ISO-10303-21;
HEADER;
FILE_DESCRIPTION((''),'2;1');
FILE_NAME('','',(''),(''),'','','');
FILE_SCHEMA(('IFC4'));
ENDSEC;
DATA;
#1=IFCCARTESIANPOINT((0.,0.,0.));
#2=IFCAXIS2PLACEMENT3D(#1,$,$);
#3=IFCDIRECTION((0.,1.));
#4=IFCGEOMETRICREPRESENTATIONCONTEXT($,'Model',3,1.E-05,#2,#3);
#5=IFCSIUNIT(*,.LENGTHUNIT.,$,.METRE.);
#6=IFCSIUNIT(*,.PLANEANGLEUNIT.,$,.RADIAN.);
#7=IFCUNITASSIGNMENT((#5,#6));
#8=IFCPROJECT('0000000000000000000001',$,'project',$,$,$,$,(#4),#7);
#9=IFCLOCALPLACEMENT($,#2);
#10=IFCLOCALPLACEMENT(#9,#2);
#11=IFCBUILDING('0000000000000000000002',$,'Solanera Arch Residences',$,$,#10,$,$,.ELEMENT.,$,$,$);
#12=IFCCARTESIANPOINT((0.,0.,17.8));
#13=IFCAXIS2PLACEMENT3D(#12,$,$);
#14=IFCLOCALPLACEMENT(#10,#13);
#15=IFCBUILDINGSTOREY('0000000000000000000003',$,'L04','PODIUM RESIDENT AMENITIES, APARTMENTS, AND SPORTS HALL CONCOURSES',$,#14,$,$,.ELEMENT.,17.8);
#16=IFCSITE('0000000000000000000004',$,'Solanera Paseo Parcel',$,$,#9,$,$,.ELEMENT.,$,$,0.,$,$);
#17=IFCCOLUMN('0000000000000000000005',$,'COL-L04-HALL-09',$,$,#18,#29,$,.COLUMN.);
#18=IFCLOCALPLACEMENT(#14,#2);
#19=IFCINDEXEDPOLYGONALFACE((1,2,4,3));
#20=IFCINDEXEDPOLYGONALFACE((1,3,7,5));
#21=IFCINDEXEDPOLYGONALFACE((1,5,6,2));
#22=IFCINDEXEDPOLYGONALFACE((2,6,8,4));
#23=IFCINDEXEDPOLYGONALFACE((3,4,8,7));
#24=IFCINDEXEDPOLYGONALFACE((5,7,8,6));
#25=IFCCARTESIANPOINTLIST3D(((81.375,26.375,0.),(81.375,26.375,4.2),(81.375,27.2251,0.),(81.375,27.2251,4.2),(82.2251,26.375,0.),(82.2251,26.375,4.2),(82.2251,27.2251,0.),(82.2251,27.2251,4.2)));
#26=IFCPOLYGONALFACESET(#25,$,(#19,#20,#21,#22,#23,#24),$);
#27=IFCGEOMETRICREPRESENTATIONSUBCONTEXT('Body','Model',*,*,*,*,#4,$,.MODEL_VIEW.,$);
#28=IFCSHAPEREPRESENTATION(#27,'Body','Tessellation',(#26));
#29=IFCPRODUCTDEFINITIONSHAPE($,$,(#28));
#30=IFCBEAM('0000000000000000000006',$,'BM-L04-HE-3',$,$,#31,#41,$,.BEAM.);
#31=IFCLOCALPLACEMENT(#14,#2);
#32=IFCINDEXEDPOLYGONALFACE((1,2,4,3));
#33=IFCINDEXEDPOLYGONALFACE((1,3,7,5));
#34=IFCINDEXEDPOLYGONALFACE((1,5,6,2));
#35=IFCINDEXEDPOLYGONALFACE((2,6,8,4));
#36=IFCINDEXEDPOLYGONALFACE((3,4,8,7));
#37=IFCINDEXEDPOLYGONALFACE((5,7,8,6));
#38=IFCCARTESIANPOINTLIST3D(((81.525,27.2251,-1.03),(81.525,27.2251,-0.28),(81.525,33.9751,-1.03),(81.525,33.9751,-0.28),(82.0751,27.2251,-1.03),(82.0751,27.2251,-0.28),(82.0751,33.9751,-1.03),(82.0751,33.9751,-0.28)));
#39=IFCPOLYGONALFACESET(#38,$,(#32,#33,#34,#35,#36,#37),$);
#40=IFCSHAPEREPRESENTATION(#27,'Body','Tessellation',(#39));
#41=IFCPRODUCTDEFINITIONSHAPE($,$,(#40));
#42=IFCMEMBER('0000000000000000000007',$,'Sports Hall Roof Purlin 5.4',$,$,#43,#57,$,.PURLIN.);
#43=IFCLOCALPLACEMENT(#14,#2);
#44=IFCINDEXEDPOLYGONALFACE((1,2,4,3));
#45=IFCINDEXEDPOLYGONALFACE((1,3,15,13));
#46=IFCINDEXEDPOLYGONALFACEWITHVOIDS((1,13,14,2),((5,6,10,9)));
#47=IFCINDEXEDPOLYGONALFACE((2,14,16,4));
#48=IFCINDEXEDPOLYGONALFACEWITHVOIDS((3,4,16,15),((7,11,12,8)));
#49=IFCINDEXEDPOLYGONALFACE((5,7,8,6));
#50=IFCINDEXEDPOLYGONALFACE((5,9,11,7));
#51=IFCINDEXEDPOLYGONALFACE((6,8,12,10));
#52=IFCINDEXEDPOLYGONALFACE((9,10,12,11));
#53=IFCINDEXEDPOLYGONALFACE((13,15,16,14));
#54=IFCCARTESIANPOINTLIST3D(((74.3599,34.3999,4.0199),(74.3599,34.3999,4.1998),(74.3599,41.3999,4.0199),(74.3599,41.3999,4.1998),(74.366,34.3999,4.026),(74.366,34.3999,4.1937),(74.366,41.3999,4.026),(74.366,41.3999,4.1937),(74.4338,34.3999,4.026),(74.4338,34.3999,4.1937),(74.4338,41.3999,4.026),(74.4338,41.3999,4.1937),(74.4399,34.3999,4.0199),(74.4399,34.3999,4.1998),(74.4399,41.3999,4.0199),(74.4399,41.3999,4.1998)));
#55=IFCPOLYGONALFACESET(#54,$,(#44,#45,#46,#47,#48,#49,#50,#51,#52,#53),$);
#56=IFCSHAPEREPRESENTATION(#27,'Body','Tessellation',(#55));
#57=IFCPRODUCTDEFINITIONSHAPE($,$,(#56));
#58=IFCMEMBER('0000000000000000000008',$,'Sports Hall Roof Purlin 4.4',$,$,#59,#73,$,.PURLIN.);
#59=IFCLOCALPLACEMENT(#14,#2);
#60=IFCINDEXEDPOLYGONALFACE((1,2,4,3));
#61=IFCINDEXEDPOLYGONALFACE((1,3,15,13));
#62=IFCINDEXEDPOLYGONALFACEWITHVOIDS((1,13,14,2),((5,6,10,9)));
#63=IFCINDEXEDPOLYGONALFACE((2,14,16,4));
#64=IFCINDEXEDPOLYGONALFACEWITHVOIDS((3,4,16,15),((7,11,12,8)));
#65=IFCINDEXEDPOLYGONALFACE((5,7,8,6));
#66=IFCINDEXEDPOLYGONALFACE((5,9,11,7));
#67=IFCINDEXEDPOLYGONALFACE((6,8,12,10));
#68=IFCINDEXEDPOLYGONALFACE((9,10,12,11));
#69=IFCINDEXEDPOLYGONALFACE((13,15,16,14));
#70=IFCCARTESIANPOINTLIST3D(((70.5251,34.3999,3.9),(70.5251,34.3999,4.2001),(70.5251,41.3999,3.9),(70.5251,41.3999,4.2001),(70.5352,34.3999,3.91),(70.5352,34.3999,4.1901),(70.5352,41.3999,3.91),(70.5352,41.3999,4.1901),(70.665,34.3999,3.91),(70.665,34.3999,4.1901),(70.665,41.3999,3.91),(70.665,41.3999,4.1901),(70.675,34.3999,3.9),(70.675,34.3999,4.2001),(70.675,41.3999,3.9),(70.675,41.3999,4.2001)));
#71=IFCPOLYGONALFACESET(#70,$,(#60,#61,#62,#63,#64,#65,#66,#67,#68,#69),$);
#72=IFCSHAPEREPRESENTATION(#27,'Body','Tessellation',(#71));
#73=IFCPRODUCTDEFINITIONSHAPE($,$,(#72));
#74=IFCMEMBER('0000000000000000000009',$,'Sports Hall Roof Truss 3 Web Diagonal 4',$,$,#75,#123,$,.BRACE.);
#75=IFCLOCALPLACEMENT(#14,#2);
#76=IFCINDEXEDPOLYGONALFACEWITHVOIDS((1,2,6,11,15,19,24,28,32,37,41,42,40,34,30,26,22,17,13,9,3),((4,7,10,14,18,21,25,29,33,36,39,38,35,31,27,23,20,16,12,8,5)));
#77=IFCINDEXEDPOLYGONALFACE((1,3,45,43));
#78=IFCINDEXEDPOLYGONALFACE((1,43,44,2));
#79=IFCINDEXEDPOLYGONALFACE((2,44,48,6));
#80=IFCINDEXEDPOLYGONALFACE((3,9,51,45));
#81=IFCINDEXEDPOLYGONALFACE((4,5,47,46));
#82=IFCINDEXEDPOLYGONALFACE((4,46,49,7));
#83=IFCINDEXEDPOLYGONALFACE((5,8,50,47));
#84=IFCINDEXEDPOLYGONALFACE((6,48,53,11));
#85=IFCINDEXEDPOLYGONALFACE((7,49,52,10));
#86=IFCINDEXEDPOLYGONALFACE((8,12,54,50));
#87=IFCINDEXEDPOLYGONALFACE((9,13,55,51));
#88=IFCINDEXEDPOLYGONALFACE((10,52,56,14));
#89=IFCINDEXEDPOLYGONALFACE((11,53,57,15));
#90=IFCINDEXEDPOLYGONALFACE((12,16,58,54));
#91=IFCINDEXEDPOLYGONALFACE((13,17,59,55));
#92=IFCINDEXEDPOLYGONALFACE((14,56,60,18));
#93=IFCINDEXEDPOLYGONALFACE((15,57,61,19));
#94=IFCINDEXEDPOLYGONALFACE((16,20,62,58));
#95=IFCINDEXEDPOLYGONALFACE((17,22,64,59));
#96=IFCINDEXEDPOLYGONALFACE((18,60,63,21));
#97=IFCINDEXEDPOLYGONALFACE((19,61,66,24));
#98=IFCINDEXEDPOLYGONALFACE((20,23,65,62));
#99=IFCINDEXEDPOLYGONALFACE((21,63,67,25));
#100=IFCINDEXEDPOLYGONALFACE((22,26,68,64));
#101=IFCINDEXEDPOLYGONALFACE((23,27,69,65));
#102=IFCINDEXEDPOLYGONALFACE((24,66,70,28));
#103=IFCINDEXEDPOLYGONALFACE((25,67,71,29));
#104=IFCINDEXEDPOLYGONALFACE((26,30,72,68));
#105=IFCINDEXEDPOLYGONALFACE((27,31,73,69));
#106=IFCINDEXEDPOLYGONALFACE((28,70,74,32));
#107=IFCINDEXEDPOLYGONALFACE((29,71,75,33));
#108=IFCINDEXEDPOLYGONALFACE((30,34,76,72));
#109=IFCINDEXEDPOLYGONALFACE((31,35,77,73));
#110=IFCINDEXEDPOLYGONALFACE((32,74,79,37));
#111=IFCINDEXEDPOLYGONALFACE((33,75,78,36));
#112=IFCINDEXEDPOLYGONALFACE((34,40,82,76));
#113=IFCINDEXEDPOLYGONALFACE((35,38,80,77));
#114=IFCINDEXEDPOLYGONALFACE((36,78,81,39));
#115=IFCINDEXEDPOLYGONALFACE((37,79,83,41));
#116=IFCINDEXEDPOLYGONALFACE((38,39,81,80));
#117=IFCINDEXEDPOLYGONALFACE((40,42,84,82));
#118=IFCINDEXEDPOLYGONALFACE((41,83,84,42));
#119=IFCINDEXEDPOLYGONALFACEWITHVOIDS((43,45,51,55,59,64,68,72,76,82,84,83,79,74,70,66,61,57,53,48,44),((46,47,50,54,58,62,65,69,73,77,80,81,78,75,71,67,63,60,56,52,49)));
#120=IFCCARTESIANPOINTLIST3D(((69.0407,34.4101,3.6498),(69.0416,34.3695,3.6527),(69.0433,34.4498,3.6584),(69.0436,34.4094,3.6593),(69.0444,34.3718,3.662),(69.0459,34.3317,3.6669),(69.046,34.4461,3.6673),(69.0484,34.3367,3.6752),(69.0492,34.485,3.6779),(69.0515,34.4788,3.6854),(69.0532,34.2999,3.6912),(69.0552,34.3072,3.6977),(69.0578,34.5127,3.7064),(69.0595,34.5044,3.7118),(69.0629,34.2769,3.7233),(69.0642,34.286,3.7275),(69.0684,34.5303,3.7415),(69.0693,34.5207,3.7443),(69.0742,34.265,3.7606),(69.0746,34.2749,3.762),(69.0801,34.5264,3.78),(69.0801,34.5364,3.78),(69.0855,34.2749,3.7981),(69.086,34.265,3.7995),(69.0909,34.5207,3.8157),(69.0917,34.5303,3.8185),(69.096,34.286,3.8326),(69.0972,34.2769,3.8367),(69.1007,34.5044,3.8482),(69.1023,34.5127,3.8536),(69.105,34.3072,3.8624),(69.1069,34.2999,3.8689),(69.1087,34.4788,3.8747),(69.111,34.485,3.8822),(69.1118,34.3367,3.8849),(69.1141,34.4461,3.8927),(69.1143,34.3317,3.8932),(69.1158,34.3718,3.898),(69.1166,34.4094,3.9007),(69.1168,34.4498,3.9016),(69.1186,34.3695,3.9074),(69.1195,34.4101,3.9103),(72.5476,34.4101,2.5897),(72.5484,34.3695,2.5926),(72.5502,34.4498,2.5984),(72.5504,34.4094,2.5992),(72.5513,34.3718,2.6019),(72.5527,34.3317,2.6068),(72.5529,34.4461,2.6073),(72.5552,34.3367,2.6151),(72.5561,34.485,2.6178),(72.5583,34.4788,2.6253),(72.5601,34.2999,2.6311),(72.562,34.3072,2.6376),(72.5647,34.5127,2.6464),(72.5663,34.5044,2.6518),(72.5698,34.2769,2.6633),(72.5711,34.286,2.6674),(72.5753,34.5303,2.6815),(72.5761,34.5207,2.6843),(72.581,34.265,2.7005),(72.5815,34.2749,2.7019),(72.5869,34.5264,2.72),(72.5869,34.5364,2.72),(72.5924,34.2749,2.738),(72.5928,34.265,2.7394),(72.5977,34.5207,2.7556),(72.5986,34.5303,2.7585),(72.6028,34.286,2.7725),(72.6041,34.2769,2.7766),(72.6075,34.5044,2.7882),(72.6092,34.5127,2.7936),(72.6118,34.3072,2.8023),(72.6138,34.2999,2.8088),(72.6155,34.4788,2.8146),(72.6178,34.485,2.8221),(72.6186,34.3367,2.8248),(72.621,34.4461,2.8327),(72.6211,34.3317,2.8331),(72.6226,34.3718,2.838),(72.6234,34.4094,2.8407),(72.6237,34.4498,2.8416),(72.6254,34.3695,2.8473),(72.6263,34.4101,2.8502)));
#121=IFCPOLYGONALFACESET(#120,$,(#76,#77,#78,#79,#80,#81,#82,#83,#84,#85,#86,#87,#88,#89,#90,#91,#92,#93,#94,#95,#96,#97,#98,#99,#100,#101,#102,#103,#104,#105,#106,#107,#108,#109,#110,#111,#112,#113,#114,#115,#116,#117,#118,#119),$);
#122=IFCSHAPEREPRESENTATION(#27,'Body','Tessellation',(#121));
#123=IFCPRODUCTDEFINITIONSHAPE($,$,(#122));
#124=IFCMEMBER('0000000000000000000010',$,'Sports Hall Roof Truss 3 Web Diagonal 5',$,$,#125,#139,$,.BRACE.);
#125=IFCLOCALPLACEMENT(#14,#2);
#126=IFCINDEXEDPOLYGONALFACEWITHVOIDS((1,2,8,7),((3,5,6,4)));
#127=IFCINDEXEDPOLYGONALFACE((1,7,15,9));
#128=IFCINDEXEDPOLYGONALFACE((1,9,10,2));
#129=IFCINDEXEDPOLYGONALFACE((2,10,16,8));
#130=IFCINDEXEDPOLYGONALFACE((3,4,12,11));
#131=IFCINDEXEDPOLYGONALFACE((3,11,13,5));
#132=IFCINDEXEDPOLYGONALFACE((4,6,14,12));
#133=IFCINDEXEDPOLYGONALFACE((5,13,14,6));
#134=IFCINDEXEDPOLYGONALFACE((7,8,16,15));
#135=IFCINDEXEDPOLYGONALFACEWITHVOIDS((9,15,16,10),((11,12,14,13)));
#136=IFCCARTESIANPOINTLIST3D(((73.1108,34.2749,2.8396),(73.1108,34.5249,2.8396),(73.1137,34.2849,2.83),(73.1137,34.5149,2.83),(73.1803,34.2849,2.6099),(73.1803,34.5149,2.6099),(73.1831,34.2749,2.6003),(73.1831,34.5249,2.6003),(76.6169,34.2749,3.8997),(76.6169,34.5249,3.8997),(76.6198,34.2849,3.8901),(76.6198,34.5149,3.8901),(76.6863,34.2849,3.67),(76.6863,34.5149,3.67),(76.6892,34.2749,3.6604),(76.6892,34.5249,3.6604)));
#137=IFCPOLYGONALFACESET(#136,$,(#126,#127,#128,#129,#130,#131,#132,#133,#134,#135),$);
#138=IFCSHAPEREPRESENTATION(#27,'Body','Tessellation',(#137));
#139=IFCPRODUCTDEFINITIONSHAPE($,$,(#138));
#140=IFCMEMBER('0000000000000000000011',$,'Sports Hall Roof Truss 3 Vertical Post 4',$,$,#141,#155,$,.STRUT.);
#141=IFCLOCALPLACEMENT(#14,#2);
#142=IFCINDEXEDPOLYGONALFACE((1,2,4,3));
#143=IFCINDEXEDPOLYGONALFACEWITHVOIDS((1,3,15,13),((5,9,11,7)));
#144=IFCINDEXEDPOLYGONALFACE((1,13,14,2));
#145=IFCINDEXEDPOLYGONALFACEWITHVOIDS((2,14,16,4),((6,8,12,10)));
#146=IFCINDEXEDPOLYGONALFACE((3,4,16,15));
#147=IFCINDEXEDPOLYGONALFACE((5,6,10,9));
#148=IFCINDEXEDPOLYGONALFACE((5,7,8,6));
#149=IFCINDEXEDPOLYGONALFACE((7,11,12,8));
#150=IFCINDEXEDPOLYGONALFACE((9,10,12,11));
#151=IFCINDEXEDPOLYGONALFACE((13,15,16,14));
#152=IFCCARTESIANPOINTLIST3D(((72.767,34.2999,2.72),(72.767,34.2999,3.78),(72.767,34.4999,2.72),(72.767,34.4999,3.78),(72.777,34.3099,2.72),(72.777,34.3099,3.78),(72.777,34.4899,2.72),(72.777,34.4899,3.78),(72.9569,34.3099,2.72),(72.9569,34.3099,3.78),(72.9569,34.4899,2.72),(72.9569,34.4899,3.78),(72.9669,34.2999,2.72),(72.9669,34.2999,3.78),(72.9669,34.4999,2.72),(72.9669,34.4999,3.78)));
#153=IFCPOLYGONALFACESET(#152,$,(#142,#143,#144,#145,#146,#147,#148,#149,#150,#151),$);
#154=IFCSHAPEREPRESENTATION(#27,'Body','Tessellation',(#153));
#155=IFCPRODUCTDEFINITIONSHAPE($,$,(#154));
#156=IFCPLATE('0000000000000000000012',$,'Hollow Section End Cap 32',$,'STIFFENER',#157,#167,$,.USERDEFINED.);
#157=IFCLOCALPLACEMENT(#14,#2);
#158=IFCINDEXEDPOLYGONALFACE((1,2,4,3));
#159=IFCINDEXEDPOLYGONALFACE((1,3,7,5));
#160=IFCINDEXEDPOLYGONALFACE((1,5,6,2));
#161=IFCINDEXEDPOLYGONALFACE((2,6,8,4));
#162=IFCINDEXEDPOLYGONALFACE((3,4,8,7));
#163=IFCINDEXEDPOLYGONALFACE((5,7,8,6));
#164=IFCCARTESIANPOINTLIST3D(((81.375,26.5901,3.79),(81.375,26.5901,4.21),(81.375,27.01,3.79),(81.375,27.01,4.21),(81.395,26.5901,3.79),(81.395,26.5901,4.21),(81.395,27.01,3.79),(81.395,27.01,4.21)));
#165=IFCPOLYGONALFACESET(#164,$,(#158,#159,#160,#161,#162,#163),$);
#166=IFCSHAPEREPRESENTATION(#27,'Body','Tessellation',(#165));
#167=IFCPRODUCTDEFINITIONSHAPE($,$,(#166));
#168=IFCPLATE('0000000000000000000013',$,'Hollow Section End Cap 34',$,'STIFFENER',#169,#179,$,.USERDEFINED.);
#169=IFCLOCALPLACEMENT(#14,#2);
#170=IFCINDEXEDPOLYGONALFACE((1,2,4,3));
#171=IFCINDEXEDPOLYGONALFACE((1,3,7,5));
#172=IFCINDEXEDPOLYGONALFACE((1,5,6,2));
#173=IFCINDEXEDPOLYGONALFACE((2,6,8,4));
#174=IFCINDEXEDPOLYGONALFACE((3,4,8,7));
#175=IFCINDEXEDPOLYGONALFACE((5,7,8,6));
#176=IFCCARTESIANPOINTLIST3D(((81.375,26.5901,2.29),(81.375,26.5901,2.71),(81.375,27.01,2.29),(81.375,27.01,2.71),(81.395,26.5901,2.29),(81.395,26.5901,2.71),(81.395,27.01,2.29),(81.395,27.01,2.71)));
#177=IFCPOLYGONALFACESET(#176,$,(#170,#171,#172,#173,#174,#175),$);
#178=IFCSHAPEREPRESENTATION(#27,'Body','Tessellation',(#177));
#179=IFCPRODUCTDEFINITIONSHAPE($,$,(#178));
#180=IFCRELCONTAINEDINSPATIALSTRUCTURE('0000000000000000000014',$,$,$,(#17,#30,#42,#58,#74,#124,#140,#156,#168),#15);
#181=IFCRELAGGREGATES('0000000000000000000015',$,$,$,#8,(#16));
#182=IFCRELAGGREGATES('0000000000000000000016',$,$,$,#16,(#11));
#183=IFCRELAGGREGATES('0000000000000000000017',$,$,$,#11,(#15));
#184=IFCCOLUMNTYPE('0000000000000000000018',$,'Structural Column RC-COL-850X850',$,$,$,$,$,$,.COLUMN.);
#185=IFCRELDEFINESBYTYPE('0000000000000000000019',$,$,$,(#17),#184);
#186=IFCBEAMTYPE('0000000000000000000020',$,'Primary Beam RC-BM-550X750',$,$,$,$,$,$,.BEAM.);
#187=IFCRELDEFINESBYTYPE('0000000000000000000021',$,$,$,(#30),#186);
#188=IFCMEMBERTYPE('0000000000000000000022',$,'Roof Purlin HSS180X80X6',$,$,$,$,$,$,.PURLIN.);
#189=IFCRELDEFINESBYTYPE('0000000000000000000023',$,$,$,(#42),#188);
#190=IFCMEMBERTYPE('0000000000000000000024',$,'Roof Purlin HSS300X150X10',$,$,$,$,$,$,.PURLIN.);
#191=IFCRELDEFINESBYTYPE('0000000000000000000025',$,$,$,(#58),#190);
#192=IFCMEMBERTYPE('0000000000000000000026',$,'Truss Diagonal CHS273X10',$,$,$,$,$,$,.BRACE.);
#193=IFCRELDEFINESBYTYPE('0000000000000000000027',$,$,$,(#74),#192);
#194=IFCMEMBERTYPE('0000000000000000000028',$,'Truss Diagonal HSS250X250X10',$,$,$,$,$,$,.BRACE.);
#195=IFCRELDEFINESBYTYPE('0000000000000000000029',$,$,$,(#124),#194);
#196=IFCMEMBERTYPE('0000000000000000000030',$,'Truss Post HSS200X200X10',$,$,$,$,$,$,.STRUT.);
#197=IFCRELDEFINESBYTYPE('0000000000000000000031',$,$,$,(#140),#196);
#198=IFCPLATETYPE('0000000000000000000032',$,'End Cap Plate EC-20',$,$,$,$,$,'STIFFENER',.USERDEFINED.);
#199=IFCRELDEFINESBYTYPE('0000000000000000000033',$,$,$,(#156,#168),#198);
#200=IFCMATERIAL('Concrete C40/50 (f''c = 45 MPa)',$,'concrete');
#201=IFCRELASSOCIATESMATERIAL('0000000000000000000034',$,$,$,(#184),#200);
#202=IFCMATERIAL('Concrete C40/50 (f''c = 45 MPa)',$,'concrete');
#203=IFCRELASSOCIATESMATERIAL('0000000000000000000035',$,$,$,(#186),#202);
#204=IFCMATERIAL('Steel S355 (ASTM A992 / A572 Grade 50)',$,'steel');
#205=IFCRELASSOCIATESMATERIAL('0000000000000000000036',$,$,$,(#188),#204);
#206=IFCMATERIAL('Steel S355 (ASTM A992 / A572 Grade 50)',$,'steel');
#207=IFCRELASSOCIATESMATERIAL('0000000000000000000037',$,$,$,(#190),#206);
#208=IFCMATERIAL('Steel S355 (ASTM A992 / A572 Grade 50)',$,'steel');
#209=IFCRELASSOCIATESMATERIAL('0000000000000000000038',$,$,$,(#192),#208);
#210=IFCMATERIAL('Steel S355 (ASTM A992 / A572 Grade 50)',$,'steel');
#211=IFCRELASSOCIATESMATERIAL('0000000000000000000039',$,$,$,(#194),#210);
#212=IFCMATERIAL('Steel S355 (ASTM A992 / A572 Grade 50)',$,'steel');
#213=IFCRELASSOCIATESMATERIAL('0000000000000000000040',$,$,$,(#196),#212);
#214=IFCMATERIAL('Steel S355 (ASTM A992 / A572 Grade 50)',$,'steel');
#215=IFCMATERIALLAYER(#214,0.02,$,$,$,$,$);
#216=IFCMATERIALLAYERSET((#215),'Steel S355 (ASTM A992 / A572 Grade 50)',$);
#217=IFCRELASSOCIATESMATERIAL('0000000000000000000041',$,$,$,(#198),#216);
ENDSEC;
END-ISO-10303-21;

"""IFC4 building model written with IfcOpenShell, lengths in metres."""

from ifc_helpers import new_model, si_unit, direction, frame, origin, origin_2d, place, context, subcontext, project, spatial, rectangle, hollow_rectangle, hollow_circle, extrude, material, layer, layer_set, material_profile, profile_set, type_object, element, save


model = new_model("IFC4")

# Units and contexts
model_context = context("Model", 3, precision=1e-05, world=origin(), true_north=direction((0.0, 1.0)))
body_context = subcontext(model_context, "Body", "Model", "MODEL_VIEW")
ifc_project = project(units=[si_unit("LENGTHUNIT", "METRE"), si_unit("PLANEANGLEUNIT", "RADIAN")], contexts=[model_context])

# Site, building, storey
site_placement = place(None, origin())
site = spatial("IfcSite", under=ifc_project, at=site_placement, Name="Solanera Paseo Parcel", CompositionType="ELEMENT", RefElevation=0.0)
building_placement = place(site_placement, origin())
building = spatial("IfcBuilding", under=site, at=building_placement, Name="Solanera Arch Residences", CompositionType="ELEMENT")
storey_placement = place(building_placement, frame((0.0, 0.0, 17.8)))
storey = spatial("IfcBuildingStorey", under=building, at=storey_placement, Name="L04", Description="PODIUM RESIDENT AMENITIES, APARTMENTS, AND SPORTS HALL CONCOURSES", CompositionType="ELEMENT", Elevation=17.8)

# Column
ifc_material_1 = material(Name="Concrete C40/50 (f'c = 45 MPa)", Category="concrete")
ifc_material_profile_1 = material_profile(ifc_material_1, rectangle(XDim=0.8501, YDim=0.8501, at=origin_2d()))
ifc_profile_set_1 = profile_set([ifc_material_profile_1], Name="Concrete C40/50 (f'c = 45 MPa)")
column_type = type_object("IfcColumnType", Name="Structural Column RC-COL-850X850", PredefinedType="COLUMN", material=ifc_profile_set_1)
column_placement = place(storey_placement, frame((81.8, 26.8, 0.0), z_axis=(0.0, 0.0, 1.0), x_axis=(1.0, 0.0, 0.0)))
element("IfcColumn", 1, at=column_placement, inside=storey, type_object=column_type, Name="COL-L04-HALL-09", PredefinedType="COLUMN", context=body_context, shape_type="SweptSolid", body=[
    extrude(rectangle(XDim=0.8501, YDim=0.8501, at=origin_2d()), origin(), (0.0, 0.0, 1.0), 4.2),
])

# Beam
ifc_material_2 = material(Name="Concrete C40/50 (f'c = 45 MPa)", Category="concrete")
ifc_material_profile_2 = material_profile(ifc_material_2, rectangle(XDim=0.55, YDim=0.75, at=origin_2d()))
ifc_profile_set_2 = profile_set([ifc_material_profile_2], Name="Concrete C40/50 (f'c = 45 MPa)")
beam_type = type_object("IfcBeamType", Name="Primary Beam RC-BM-550X750", PredefinedType="BEAM", material=ifc_profile_set_2)
beam_placement = place(storey_placement, frame((81.8, 27.2251, -0.655), z_axis=(0.0, 1.0, 0.0), x_axis=(-1.0, 0.0, 0.0)))
element("IfcBeam", 2, at=beam_placement, inside=storey, type_object=beam_type, Name="BM-L04-HE-3", PredefinedType="BEAM", context=body_context, shape_type="SweptSolid", body=[
    extrude(rectangle(XDim=0.55, YDim=0.75, at=origin_2d()), origin(), (0.0, 0.0, 1.0), 6.75),
])

# Members
ifc_material_3 = material(Name="Steel S355 (ASTM A992 / A572 Grade 50)", Category="steel")
ifc_material_profile_3 = material_profile(ifc_material_3, hollow_rectangle(XDim=0.0801, YDim=0.1799, WallThickness=0.0061, at=origin_2d()))
ifc_profile_set_3 = profile_set([ifc_material_profile_3], Name="Steel S355 (ASTM A992 / A572 Grade 50)")
member_type_1 = type_object("IfcMemberType", Name="Roof Purlin HSS180X80X6", PredefinedType="PURLIN", material=ifc_profile_set_3)
member_1_placement = place(storey_placement, frame((74.3999, 34.3999, 4.1099), z_axis=(0.0, 1.0, 0.0), x_axis=(-1.0, 0.0, 0.0)))
element("IfcMember", 3, at=member_1_placement, inside=storey, type_object=member_type_1, Name="Sports Hall Roof Purlin 5.4", PredefinedType="PURLIN", context=body_context, shape_type="SweptSolid", body=[
    extrude(hollow_rectangle(XDim=0.0801, YDim=0.1799, WallThickness=0.0061, at=origin_2d()), origin(), (0.0, 0.0, 1.0), 7.0),
])
ifc_material_4 = material(Name="Steel S355 (ASTM A992 / A572 Grade 50)", Category="steel")
ifc_material_profile_4 = material_profile(ifc_material_4, hollow_rectangle(XDim=0.1499, YDim=0.3, WallThickness=0.01, at=origin_2d()))
ifc_profile_set_4 = profile_set([ifc_material_profile_4], Name="Steel S355 (ASTM A992 / A572 Grade 50)")
member_type_2 = type_object("IfcMemberType", Name="Roof Purlin HSS300X150X10", PredefinedType="PURLIN", material=ifc_profile_set_4)
member_2_placement = place(storey_placement, frame((70.6001, 34.3999, 4.05), z_axis=(0.0, 1.0, 0.0), x_axis=(-1.0, 0.0, 0.0)))
element("IfcMember", 4, at=member_2_placement, inside=storey, type_object=member_type_2, Name="Sports Hall Roof Purlin 4.4", PredefinedType="PURLIN", context=body_context, shape_type="SweptSolid", body=[
    extrude(hollow_rectangle(XDim=0.1499, YDim=0.3, WallThickness=0.01, at=origin_2d()), origin(), (0.0, 0.0, 1.0), 7.0),
])
ifc_material_5 = material(Name="Steel S355 (ASTM A992 / A572 Grade 50)", Category="steel")
ifc_material_profile_5 = material_profile(ifc_material_5, hollow_circle(Radius=0.1365, WallThickness=0.01, at=origin_2d()))
ifc_profile_set_5 = profile_set([ifc_material_profile_5], Name="Steel S355 (ASTM A992 / A572 Grade 50)")
member_type_3 = type_object("IfcMemberType", Name="Truss Diagonal CHS273X10", PredefinedType="BRACE", material=ifc_profile_set_5)
member_3_placement = place(storey_placement, frame((69.0801, 34.3999, 3.78), z_axis=(0.957223, 0.0, -0.289353), x_axis=(0.0, 1.0, 0.0)))
element("IfcMember", 5, at=member_3_placement, inside=storey, type_object=member_type_3, Name="Sports Hall Roof Truss 3 Web Diagonal 4", PredefinedType="BRACE", context=body_context, shape_type="SweptSolid", body=[
    extrude(hollow_circle(Radius=0.1365, WallThickness=0.01, at=origin_2d()), origin(), (0.0, 0.0, 1.0), 3.6636),
])
ifc_material_6 = material(Name="Steel S355 (ASTM A992 / A572 Grade 50)", Category="steel")
ifc_material_profile_6 = material_profile(ifc_material_6, hollow_rectangle(XDim=0.25, YDim=0.25, WallThickness=0.01, at=origin_2d()))
ifc_profile_set_6 = profile_set([ifc_material_profile_6], Name="Steel S355 (ASTM A992 / A572 Grade 50)")
member_type_4 = type_object("IfcMemberType", Name="Truss Diagonal HSS250X250X10", PredefinedType="BRACE", material=ifc_profile_set_6)
member_4_placement = place(storey_placement, frame((73.147, 34.3999, 2.72), z_axis=(0.957206, 0.0, 0.289408), x_axis=(0.0, 1.0, 0.0)))
element("IfcMember", 6, at=member_4_placement, inside=storey, type_object=member_type_4, Name="Sports Hall Roof Truss 3 Web Diagonal 5", PredefinedType="BRACE", context=body_context, shape_type="SweptSolid", body=[
    extrude(hollow_rectangle(XDim=0.25, YDim=0.25, WallThickness=0.01, at=origin_2d()), origin(), (0.0, 0.0, 1.0), 3.6628),
])
ifc_material_7 = material(Name="Steel S355 (ASTM A992 / A572 Grade 50)", Category="steel")
ifc_material_profile_7 = material_profile(ifc_material_7, hollow_rectangle(XDim=0.2, YDim=0.2, WallThickness=0.01, at=origin_2d()))
ifc_profile_set_7 = profile_set([ifc_material_profile_7], Name="Steel S355 (ASTM A992 / A572 Grade 50)")
member_type_5 = type_object("IfcMemberType", Name="Truss Post HSS200X200X10", PredefinedType="STRUT", material=ifc_profile_set_7)
member_5_placement = place(storey_placement, frame((72.8669, 34.3999, 2.72), z_axis=(0.0, 0.0, 1.0), x_axis=(1.0, 0.0, 0.0)))
element("IfcMember", 7, at=member_5_placement, inside=storey, type_object=member_type_5, Name="Sports Hall Roof Truss 3 Vertical Post 4", PredefinedType="STRUT", context=body_context, shape_type="SweptSolid", body=[
    extrude(hollow_rectangle(XDim=0.2, YDim=0.2, WallThickness=0.01, at=origin_2d()), origin(), (0.0, 0.0, 1.0), 1.0601),
])

# Plates
ifc_material_8 = material(Name="Steel S355 (ASTM A992 / A572 Grade 50)", Category="steel")
ifc_layer_1 = layer(ifc_material_8, 0.02)
ifc_layer_set_1 = layer_set([ifc_layer_1], Name="Steel S355 (ASTM A992 / A572 Grade 50)")
plate_type_1 = type_object("IfcPlateType", Name="End Cap Plate EC-20", ElementType="STIFFENER", PredefinedType="USERDEFINED", material=ifc_layer_set_1)
for number, where, z_axis, x_axis, name in (
    (8, (81.385, 26.8, 3.79), (0.0, 0.0, 1.0), (1.0, 0.0, 0.0), "Hollow Section End Cap 32"),
    (9, (81.385, 26.8, 2.29), (0.0, 0.0, 1.0), (1.0, 0.0, 0.0), "Hollow Section End Cap 34"),
):
    element("IfcPlate", number, at=place(storey_placement, frame(where, z_axis=z_axis, x_axis=x_axis)), inside=storey, type_object=plate_type_1, Name=name, ObjectType="STIFFENER", PredefinedType="USERDEFINED", context=body_context, shape_type="SweptSolid", body=[
        extrude(rectangle(XDim=0.02, YDim=0.4199, at=origin_2d()), origin(), (0.0, 0.0, 1.0), 0.4199),
    ])

save(model, "model.ifc")
